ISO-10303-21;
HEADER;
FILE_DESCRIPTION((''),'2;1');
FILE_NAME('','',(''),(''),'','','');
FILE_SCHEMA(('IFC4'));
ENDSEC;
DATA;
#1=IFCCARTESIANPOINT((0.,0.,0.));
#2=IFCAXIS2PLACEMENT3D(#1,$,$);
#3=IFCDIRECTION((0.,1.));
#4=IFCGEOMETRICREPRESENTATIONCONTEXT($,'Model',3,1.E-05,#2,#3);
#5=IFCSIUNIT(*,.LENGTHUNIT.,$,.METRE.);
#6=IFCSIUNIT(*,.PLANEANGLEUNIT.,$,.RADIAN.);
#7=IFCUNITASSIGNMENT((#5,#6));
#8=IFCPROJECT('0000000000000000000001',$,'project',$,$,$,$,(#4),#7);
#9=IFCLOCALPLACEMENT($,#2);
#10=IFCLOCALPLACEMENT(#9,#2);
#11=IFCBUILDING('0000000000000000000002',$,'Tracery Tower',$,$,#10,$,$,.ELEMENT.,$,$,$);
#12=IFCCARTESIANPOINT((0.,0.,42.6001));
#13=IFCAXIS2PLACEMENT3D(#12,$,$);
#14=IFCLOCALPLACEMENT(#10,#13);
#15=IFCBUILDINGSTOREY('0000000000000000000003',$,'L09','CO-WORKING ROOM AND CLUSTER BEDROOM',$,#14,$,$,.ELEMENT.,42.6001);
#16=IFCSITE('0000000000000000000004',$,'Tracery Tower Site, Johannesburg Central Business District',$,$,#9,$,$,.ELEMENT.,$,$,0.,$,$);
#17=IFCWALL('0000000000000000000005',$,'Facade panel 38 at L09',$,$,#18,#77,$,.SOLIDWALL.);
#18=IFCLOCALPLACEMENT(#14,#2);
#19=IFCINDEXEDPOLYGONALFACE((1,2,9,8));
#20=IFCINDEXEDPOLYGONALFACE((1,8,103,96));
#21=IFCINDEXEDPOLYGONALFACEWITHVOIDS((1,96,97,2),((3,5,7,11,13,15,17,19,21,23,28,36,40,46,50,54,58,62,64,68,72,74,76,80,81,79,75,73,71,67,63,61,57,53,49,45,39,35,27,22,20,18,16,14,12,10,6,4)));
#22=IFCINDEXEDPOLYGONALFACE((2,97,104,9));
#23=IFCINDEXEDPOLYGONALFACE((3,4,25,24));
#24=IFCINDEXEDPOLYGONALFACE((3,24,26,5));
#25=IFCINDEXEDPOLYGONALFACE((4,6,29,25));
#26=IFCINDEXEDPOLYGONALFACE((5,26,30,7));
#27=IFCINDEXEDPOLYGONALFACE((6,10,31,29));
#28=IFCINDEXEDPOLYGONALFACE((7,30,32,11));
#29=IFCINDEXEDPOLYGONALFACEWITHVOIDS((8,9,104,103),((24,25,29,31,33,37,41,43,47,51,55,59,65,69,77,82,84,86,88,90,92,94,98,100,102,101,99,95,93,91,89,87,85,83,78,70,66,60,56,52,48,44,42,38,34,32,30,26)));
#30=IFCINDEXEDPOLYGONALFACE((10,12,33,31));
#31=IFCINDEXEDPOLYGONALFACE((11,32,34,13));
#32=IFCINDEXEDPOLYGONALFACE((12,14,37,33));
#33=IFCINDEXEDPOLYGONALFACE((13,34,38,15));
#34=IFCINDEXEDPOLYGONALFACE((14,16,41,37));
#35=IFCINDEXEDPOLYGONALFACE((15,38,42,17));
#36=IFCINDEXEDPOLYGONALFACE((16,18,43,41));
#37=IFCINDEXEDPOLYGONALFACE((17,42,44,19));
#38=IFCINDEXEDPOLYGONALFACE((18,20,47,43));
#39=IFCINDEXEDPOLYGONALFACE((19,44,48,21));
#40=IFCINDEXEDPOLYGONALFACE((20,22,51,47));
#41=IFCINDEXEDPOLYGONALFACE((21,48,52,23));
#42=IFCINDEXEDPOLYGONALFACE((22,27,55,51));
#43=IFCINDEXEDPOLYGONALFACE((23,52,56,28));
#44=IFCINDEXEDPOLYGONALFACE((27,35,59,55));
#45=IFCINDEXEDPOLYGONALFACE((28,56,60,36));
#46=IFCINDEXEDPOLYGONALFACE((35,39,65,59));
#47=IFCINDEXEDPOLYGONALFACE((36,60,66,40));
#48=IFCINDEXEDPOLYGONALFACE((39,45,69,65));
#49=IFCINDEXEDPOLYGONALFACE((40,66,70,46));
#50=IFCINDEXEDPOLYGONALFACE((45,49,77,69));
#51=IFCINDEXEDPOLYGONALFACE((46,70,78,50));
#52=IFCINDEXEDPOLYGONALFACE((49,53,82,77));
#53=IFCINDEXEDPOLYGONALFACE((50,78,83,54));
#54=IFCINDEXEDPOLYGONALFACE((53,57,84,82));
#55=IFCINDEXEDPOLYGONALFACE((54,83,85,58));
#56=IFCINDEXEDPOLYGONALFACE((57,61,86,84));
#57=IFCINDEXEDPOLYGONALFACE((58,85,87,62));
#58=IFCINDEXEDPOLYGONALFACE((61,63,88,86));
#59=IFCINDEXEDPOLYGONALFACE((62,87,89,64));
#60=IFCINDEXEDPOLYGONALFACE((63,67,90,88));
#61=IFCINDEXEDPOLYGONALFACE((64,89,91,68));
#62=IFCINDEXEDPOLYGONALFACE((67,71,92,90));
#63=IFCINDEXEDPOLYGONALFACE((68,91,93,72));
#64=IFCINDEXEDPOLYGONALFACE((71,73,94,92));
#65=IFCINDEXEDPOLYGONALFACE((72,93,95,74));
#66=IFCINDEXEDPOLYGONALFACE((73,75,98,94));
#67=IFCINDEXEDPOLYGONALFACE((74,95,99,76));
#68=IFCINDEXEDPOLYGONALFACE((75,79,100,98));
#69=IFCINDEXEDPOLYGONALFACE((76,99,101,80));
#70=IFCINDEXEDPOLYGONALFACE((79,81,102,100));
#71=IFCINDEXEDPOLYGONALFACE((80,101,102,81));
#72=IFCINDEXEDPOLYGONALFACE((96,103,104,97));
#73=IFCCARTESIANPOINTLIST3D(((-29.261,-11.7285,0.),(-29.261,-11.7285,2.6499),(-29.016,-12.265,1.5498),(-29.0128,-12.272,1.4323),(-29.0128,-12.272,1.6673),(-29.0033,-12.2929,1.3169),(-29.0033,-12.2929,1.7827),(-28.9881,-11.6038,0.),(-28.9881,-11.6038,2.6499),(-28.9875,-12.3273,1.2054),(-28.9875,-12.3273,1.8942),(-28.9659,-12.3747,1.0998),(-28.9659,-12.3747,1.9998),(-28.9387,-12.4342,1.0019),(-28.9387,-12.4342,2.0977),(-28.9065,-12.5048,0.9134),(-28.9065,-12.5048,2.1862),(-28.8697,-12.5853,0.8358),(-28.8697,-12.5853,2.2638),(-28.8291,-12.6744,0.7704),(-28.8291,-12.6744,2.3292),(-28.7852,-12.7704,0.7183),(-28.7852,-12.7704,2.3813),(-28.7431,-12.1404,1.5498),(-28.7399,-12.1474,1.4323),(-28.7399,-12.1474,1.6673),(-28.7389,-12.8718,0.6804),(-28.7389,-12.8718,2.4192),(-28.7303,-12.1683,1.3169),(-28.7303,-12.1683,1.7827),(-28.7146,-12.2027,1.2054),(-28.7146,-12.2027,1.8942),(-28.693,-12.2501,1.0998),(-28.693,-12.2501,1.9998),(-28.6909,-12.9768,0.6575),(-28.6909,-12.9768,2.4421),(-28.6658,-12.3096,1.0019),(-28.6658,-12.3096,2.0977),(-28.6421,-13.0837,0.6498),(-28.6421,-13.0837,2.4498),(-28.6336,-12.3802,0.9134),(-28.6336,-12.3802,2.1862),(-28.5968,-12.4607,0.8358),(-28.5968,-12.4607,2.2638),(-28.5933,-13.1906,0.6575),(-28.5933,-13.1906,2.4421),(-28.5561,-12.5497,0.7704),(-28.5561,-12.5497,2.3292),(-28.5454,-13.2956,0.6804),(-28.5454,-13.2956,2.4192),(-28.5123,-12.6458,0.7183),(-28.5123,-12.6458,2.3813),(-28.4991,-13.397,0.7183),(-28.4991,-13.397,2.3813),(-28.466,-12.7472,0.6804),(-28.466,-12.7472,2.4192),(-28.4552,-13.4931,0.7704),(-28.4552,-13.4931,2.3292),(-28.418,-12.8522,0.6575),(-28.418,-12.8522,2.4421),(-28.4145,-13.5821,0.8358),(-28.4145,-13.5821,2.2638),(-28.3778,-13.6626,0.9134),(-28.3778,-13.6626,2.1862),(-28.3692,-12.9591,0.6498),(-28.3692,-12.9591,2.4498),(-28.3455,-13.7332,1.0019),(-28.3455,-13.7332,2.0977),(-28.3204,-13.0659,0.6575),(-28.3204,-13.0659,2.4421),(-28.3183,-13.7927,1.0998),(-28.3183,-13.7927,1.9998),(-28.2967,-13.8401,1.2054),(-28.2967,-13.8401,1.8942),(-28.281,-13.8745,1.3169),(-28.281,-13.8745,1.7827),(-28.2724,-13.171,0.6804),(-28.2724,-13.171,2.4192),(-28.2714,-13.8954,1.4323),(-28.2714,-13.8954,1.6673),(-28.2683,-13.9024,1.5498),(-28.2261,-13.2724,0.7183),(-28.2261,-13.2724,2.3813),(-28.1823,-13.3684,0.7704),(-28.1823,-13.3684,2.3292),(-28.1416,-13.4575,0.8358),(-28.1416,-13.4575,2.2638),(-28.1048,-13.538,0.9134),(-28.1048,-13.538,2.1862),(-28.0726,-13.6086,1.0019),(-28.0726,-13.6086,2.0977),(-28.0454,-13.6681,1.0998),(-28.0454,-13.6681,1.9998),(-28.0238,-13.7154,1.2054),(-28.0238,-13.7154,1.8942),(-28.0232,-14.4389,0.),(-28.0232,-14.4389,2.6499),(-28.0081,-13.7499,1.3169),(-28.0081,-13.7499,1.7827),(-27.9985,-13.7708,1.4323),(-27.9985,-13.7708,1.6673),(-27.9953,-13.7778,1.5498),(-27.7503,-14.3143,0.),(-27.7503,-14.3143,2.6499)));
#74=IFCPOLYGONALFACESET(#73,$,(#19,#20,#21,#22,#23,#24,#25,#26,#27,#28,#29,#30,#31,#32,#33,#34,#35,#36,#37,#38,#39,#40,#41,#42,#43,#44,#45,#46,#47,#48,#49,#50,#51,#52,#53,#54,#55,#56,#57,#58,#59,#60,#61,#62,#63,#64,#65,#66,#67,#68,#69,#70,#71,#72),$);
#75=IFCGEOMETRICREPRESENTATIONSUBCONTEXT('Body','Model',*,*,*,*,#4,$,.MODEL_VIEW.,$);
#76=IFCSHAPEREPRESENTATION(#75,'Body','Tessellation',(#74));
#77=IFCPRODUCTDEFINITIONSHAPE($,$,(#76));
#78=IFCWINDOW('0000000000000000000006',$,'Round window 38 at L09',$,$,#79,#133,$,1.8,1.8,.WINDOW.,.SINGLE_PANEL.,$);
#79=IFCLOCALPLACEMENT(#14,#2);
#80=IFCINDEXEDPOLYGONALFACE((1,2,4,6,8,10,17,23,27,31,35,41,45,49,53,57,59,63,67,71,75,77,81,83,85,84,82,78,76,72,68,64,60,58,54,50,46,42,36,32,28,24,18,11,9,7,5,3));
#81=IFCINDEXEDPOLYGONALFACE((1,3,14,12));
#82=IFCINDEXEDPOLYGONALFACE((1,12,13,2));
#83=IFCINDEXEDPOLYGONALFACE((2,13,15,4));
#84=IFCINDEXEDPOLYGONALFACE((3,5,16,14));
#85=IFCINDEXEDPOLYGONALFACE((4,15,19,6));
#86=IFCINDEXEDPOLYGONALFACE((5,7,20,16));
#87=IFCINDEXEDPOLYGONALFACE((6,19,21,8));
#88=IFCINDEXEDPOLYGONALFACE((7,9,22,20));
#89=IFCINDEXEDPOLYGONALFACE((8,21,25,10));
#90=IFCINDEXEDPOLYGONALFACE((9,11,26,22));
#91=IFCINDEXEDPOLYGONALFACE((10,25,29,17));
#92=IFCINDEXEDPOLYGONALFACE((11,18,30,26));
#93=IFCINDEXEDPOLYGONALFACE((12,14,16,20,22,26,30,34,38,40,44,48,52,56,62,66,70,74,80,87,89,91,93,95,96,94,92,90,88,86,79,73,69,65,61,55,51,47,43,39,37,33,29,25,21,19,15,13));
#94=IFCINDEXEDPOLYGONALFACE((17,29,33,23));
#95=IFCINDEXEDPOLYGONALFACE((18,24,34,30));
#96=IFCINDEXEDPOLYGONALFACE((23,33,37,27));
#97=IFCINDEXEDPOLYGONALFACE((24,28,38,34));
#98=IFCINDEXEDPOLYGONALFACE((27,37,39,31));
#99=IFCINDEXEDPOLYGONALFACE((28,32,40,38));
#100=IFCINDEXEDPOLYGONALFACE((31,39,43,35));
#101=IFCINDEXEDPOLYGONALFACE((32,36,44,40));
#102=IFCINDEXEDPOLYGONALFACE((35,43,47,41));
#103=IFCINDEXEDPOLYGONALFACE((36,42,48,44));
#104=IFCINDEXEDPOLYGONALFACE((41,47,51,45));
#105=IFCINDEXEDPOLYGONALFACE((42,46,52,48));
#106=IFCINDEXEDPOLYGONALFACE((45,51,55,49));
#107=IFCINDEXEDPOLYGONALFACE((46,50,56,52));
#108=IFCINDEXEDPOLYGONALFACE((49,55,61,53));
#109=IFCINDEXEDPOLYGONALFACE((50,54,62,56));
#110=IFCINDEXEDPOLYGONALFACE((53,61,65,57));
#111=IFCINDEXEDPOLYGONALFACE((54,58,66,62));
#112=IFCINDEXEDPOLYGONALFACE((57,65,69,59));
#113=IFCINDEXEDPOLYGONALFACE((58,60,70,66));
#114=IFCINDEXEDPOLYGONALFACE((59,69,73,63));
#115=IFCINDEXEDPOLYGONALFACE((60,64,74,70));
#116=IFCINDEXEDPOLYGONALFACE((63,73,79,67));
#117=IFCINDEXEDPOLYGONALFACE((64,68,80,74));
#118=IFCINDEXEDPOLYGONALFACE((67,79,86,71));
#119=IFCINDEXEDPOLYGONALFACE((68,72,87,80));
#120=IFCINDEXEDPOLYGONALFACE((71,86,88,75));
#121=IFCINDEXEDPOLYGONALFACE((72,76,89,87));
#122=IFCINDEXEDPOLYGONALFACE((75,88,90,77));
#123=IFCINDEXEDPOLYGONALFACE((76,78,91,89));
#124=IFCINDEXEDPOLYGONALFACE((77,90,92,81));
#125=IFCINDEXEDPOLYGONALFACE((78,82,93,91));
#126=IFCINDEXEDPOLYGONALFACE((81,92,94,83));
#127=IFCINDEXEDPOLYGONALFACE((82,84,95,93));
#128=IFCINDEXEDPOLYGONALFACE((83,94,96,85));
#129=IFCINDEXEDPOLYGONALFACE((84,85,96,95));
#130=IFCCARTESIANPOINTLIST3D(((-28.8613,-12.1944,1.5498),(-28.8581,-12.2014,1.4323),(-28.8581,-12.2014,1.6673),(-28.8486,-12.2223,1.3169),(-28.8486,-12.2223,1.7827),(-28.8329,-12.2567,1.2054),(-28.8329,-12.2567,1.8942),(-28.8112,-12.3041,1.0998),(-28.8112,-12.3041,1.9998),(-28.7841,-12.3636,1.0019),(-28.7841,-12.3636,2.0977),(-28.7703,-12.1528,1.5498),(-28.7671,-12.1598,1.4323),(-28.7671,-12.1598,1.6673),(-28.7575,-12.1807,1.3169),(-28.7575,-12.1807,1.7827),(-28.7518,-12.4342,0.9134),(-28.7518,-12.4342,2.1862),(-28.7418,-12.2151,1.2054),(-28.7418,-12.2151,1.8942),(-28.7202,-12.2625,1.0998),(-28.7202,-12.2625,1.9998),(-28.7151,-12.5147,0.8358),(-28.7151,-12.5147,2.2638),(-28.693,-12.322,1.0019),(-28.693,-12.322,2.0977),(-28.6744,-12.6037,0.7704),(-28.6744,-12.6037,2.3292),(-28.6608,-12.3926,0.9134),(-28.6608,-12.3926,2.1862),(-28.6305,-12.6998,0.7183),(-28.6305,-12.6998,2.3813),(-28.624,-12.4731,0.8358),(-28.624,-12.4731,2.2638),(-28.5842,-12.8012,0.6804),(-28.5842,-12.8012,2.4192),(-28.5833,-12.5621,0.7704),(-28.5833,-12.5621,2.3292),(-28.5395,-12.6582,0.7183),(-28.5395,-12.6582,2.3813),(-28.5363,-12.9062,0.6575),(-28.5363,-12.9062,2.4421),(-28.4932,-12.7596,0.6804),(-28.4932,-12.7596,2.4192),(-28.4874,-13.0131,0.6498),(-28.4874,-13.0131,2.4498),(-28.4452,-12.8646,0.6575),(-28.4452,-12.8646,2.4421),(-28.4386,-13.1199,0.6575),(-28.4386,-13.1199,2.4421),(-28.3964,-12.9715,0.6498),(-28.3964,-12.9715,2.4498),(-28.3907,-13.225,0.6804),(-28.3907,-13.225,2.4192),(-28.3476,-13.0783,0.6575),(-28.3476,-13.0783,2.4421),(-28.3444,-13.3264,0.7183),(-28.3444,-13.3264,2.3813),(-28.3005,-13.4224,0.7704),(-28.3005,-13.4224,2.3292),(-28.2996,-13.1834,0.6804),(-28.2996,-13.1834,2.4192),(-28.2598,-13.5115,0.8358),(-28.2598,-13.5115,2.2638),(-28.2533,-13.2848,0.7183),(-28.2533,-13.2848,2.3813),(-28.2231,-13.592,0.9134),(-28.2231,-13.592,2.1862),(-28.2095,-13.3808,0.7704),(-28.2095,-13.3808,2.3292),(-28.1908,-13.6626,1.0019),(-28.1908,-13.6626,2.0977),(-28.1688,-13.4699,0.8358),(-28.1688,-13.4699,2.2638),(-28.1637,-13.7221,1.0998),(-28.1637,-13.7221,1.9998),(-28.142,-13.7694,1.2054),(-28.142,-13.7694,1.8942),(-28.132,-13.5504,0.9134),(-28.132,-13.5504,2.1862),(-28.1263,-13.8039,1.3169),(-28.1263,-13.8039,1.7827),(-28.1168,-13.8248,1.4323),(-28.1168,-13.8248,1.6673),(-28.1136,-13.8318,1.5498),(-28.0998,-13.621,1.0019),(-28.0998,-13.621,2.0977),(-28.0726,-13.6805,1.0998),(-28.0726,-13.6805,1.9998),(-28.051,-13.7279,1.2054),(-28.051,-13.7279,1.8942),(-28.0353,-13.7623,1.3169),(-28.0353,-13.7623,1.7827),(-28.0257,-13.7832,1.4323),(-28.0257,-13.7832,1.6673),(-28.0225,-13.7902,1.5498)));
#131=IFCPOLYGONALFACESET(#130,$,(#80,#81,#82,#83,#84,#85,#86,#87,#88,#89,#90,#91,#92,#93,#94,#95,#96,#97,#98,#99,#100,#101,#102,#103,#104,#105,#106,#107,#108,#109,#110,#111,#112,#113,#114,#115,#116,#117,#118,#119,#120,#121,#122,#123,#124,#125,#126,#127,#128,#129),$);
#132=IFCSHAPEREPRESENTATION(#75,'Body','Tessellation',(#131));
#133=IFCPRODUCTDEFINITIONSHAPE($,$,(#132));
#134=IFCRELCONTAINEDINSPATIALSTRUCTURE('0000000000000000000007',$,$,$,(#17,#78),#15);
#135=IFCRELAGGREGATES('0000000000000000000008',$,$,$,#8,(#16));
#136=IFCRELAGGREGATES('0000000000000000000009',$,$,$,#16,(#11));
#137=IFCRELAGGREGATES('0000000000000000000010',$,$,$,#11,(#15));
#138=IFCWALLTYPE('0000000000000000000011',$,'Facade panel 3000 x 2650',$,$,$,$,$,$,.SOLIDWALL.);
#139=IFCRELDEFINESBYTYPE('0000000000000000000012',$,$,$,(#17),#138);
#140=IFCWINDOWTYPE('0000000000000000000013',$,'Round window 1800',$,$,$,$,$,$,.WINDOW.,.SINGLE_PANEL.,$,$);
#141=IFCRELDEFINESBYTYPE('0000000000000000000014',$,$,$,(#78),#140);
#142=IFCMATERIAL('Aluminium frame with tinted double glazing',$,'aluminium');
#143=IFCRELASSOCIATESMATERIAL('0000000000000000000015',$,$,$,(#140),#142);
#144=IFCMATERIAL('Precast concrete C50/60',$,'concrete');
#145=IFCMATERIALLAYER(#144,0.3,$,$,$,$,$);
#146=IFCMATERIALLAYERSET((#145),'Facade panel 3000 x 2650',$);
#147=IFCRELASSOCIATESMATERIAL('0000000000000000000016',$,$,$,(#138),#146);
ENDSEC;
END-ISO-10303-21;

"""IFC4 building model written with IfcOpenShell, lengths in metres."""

from ifc_helpers import new_model, si_unit, direction, frame, frame_2d, origin, origin_2d, place, context, subcontext, project, spatial, rectangle, circle, extrude, material, layer, layer_set, type_object, element, fill, save


model = new_model("IFC4")

# Units and contexts
model_context = context("Model", 3, precision=1e-05, world=origin(), true_north=direction((0.0, 1.0)))
body_context = subcontext(model_context, "Body", "Model", "MODEL_VIEW")
ifc_project = project(units=[si_unit("LENGTHUNIT", "METRE"), si_unit("PLANEANGLEUNIT", "RADIAN")], contexts=[model_context])

# Site, building, storey
site_placement = place(None, origin())
site = spatial("IfcSite", under=ifc_project, at=site_placement, Name="Tracery Tower Site, Johannesburg Central Business District", CompositionType="ELEMENT", RefElevation=0.0)
building_placement = place(site_placement, origin())
building = spatial("IfcBuilding", under=site, at=building_placement, Name="Tracery Tower", CompositionType="ELEMENT")
storey_placement = place(building_placement, frame((0.0, 0.0, 42.6001)))
storey = spatial("IfcBuildingStorey", under=building, at=storey_placement, Name="L09", Description="CO-WORKING ROOM AND CLUSTER BEDROOM", CompositionType="ELEMENT", Elevation=42.6001)

# Wall, opening, window
ifc_material_1 = material(Name="Aluminium frame with tinted double glazing", Category="aluminium")
window_type = type_object("IfcWindowType", Name="Round window 1800", PartitioningType="SINGLE_PANEL", PredefinedType="WINDOW", material=ifc_material_1)
ifc_material_2 = material(Name="Precast concrete C50/60", Category="concrete")
ifc_layer_1 = layer(ifc_material_2, 0.3)
ifc_layer_set_1 = layer_set([ifc_layer_1], Name="Facade panel 3000 x 2650")
wall_type_1 = type_object("IfcWallType", Name="Facade panel 3000 x 2650", PredefinedType="SOLIDWALL", material=ifc_layer_set_1)
wall_1_placement = place(storey_placement, frame((-29.1245, -11.6663, 0.0), z_axis=(0.0, 0.0, 1.0), x_axis=(0.415407, -0.909636, 0.0)))
wall_1 = element("IfcWall", 1, at=wall_1_placement, inside=storey, type_object=wall_type_1, Name="Facade panel 38 at L09", PredefinedType="SOLIDWALL", context=body_context, shape_type="SweptSolid", body=[
    extrude(rectangle(XDim=2.9797, YDim=0.3, at=frame_2d((1.4897, 0.0))), origin(), (0.0, 0.0, 1.0), 2.6499),
])
opening_1_placement = place(wall_1_placement, frame((1.4897, 0.0, 1.5498)))
opening_1 = element("IfcOpeningElement", 2, at=opening_1_placement, cuts=wall_1, PredefinedType="OPENING", context=body_context, shape_type="SweptSolid", body=[
    extrude(circle(Radius=0.9, at=origin_2d()), frame((0.0, 0.1599, 0.0), z_axis=(0.0, -1.0, 0.0), x_axis=(1.0, 0.0, 0.0)), (0.0, 0.0, 1.0), 0.3201),
])
window_1_placement = place(opening_1_placement, origin())
window_1 = element("IfcWindow", 3, at=window_1_placement, inside=storey, type_object=window_type, Name="Round window 38 at L09", OverallHeight=1.8, OverallWidth=1.8, PartitioningType="SINGLE_PANEL", PredefinedType="WINDOW", context=body_context, shape_type="SweptSolid", body=[
    extrude(circle(Radius=0.9, at=origin_2d()), frame((0.0, 0.1201, 0.0), z_axis=(0.0, -1.0, 0.0), x_axis=(1.0, 0.0, 0.0)), (0.0, 0.0, 1.0), 0.1001),
])
fill(opening_1, window_1)

save(model, "model.ifc")
